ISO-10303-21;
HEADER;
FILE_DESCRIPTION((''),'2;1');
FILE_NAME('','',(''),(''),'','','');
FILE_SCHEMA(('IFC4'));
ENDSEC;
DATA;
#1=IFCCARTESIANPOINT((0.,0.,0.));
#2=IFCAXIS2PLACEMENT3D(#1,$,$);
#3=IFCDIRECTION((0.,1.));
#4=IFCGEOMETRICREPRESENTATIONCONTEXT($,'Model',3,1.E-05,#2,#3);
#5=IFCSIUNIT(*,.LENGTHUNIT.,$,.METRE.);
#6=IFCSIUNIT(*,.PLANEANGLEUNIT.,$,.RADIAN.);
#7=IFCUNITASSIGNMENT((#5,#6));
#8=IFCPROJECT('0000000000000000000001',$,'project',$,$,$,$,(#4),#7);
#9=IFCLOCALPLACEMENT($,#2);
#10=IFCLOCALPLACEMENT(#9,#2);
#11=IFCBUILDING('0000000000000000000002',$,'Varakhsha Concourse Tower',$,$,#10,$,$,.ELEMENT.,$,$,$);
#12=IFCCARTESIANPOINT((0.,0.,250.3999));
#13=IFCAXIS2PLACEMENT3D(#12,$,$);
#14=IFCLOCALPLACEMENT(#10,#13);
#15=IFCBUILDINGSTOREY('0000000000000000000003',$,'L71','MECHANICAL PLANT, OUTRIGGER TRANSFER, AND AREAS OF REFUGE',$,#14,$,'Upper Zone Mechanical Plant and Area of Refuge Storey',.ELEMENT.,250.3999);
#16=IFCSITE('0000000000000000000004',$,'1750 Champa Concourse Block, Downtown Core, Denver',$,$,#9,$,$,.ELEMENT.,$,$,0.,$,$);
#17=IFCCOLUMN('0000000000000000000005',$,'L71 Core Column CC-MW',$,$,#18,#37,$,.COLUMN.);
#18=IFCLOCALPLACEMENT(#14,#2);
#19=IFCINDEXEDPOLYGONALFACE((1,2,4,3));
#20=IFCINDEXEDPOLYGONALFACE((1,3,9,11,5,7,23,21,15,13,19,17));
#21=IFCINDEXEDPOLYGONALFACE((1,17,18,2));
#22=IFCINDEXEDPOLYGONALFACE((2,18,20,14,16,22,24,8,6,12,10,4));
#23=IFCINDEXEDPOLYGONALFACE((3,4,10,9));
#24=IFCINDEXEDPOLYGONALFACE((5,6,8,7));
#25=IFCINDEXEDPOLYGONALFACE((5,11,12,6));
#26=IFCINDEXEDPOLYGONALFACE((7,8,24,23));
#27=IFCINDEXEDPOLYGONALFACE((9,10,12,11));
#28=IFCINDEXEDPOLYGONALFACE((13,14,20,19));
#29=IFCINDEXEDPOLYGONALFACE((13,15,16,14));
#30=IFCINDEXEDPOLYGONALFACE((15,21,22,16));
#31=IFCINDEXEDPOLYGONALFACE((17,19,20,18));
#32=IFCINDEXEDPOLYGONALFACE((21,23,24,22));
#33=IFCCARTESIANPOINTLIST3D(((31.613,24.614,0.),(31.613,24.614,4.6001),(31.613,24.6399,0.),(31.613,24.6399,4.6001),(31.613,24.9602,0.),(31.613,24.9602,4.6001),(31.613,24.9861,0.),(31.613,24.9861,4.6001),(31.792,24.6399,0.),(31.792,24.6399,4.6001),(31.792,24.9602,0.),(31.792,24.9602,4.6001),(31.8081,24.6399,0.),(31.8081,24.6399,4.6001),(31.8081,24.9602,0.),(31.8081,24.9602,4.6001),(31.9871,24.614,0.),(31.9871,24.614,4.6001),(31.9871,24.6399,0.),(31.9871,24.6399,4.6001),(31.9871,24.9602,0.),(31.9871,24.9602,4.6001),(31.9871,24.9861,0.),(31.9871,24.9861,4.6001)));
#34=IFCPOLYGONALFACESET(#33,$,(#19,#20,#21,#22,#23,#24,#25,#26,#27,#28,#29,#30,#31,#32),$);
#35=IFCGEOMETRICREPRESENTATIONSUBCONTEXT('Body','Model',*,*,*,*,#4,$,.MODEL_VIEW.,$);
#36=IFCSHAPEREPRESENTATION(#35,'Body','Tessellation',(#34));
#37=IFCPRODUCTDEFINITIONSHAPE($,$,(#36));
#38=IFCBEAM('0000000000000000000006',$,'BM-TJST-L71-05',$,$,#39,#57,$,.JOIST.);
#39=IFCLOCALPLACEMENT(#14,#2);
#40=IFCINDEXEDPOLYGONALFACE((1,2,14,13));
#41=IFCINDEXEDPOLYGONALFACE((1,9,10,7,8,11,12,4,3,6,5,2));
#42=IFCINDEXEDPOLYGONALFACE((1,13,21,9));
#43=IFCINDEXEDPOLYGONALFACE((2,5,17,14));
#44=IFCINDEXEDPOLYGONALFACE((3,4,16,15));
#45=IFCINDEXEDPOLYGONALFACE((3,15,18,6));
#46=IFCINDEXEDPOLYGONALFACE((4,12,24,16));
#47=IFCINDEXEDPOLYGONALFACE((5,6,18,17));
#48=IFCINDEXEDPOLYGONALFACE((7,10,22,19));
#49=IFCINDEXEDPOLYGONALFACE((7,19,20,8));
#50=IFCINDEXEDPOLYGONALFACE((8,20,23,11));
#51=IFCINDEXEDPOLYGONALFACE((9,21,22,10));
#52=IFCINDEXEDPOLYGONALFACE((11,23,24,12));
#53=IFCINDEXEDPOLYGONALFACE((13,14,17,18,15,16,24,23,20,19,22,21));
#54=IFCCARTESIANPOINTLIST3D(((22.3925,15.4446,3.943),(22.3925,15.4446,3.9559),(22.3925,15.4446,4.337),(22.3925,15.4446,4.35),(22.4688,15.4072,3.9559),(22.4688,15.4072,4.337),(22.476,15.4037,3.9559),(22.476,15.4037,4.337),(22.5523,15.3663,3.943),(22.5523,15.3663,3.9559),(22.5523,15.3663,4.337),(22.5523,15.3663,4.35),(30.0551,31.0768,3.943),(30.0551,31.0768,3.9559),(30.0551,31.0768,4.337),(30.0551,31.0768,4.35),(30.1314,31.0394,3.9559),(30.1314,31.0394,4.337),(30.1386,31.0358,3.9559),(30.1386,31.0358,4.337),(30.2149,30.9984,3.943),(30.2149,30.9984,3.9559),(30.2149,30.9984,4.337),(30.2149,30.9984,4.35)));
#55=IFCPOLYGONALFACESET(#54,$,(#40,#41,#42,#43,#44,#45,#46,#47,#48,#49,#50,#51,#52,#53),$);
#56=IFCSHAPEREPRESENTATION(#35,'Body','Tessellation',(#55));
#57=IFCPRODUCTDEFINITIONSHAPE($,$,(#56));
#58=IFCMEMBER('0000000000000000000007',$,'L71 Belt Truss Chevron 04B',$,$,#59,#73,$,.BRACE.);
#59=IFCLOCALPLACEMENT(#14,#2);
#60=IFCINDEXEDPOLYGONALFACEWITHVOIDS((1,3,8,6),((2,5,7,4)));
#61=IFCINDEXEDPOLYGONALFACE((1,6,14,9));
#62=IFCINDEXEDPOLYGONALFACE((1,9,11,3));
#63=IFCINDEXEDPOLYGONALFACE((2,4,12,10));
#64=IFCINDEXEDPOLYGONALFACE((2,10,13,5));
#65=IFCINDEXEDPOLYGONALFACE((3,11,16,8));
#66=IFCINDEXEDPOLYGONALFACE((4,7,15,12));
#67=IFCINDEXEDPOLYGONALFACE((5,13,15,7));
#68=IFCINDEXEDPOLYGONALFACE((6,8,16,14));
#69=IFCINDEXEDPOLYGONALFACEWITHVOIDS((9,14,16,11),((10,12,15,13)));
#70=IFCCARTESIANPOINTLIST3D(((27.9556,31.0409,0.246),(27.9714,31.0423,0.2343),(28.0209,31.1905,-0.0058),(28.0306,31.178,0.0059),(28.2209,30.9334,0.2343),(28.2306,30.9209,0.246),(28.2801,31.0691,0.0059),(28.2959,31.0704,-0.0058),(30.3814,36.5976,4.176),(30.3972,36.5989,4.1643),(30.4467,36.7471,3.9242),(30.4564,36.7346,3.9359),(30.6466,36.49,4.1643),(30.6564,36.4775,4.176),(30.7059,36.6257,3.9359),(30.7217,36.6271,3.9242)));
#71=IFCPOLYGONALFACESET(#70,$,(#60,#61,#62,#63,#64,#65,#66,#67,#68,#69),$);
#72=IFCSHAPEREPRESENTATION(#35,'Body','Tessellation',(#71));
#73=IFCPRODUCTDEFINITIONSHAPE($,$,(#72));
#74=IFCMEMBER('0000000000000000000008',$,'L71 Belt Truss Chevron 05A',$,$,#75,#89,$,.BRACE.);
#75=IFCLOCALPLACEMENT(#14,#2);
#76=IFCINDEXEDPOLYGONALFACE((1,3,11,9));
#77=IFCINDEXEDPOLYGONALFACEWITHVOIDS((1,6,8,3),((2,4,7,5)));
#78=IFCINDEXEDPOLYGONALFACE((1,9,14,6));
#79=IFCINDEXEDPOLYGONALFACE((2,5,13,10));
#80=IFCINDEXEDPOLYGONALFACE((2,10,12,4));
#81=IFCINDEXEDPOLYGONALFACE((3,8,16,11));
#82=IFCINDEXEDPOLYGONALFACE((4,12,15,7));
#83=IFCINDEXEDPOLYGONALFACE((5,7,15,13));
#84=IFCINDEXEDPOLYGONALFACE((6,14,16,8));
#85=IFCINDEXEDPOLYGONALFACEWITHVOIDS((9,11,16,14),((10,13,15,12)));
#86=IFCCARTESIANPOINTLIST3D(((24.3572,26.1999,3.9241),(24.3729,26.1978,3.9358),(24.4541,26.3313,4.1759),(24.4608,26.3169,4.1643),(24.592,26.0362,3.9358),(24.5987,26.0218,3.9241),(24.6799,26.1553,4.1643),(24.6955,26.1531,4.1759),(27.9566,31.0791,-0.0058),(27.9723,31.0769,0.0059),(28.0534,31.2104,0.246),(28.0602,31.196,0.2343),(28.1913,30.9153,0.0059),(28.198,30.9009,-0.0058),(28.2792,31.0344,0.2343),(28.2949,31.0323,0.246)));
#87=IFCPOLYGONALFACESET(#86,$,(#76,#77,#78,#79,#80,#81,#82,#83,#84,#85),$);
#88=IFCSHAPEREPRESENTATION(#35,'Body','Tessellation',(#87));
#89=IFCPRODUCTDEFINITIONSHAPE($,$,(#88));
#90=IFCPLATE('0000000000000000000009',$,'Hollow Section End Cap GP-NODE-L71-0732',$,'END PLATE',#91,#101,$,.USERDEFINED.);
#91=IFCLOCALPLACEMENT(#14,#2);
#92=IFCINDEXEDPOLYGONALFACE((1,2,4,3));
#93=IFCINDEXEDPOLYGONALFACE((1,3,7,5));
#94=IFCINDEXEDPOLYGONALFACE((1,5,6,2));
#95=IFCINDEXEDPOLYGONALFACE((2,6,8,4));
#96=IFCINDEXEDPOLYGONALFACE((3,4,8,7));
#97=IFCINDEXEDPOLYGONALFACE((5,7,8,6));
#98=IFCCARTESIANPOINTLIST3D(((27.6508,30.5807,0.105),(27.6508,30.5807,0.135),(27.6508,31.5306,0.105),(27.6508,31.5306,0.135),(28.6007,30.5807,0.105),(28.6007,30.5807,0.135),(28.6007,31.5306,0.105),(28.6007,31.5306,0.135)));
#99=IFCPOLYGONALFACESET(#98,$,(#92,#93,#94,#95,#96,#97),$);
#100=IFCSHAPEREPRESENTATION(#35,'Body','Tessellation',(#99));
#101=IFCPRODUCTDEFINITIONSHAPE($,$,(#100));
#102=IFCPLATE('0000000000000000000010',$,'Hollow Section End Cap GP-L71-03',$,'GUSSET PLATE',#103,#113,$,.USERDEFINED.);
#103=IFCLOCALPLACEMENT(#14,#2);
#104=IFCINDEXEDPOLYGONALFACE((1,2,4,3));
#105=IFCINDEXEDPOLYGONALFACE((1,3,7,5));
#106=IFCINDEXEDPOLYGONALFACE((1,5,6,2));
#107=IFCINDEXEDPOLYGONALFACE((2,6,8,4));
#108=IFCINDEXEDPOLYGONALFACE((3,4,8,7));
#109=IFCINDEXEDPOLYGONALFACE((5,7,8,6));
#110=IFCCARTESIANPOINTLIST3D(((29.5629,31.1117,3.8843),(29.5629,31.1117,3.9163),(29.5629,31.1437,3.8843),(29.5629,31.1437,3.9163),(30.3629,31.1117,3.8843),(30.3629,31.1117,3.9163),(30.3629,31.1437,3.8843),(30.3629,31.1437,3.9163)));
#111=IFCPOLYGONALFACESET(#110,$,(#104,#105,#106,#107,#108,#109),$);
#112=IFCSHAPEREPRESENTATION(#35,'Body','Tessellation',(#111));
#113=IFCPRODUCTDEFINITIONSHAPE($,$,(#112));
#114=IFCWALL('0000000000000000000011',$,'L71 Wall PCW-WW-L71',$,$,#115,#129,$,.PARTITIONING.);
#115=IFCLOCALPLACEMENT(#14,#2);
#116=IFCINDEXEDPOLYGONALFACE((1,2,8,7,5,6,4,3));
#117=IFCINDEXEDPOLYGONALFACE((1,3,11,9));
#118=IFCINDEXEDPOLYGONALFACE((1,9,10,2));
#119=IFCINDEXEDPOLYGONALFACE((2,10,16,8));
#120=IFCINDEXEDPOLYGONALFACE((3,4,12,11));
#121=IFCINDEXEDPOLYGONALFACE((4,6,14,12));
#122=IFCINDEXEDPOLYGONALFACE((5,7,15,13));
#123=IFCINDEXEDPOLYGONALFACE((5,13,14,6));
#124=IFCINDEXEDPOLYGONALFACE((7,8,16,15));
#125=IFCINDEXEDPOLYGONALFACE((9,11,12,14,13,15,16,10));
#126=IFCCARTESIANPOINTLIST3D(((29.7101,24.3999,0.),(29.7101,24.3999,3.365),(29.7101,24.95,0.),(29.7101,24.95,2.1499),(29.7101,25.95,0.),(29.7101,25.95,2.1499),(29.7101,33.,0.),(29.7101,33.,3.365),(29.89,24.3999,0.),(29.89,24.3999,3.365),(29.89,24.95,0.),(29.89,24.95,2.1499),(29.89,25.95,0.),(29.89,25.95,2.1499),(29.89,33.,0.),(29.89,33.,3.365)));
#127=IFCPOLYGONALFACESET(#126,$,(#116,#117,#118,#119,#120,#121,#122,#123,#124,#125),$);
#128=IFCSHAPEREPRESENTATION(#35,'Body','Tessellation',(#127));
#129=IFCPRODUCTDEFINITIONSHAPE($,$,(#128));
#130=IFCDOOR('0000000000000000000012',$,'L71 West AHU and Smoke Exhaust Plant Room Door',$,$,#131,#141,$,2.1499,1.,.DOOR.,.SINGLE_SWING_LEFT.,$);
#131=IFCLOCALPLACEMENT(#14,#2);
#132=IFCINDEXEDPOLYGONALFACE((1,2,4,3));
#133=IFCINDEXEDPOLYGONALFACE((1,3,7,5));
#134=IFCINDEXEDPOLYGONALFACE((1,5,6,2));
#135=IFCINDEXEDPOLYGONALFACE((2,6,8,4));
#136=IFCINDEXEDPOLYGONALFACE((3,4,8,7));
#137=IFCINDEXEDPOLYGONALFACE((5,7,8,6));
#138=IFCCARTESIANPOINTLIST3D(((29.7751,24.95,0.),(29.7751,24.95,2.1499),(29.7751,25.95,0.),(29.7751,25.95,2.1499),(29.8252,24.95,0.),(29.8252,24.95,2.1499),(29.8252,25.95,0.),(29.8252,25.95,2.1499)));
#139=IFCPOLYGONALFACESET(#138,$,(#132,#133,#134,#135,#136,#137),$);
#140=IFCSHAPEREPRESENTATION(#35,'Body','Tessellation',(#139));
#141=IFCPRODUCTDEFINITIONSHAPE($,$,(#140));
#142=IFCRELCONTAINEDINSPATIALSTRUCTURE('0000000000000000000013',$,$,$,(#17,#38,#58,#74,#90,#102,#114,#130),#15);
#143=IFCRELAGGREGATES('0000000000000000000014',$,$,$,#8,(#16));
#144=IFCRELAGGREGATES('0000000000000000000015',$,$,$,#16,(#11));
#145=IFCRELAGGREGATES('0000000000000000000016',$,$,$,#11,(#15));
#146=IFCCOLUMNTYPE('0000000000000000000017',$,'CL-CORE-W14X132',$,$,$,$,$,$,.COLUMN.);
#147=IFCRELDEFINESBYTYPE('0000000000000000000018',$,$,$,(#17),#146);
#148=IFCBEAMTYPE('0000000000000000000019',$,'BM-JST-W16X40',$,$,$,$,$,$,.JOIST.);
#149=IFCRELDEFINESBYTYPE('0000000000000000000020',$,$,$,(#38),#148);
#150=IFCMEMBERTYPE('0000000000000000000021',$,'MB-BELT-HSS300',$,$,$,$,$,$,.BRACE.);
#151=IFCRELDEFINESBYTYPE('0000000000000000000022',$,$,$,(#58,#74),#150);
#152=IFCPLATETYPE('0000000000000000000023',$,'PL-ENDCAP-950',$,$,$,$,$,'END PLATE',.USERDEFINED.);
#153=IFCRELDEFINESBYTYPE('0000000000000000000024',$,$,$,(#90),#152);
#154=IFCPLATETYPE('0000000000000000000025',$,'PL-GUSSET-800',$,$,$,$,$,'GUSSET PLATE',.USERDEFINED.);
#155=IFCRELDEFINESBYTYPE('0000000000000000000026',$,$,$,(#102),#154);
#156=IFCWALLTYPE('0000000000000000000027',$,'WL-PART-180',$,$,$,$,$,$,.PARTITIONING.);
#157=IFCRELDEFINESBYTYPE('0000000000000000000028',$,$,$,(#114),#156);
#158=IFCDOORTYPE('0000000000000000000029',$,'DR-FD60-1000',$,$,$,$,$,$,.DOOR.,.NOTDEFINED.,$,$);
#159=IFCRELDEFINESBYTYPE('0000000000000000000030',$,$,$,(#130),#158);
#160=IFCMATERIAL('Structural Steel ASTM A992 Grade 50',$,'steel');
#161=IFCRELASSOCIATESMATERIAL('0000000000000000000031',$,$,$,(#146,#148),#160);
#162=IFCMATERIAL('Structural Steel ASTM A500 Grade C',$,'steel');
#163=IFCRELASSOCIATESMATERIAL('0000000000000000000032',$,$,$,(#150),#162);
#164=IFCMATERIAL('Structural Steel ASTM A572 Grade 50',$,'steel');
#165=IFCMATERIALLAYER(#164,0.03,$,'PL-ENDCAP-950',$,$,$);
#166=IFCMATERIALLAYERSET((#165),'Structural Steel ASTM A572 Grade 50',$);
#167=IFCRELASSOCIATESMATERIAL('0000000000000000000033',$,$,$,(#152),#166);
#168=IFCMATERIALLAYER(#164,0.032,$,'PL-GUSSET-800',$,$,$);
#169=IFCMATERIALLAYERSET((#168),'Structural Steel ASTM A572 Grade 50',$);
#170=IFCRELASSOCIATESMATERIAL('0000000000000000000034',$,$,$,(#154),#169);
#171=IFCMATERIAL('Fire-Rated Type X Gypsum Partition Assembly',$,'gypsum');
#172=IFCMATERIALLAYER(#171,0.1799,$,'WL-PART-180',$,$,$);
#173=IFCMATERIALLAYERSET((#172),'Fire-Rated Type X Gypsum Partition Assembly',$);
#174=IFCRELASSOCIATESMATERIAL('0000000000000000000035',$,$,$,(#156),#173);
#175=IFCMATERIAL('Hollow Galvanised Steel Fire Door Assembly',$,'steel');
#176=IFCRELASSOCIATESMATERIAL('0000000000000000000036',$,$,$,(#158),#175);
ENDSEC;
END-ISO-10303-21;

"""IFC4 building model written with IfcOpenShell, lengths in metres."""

from ifc_helpers import new_model, si_unit, direction, frame, frame_2d, origin, origin_2d, place, context, subcontext, project, spatial, rectangle, hollow_rectangle, i_section, extrude, source, transform, mapped, material, layer, layer_set, material_profile, profile_set, type_object, type_shapes, element, fill, save


model = new_model("IFC4")

# Units and contexts
model_context = context("Model", 3, precision=1e-05, world=origin(), true_north=direction((0.0, 1.0)))
body_context = subcontext(model_context, "Body", "Model", "MODEL_VIEW")
ifc_project = project(units=[si_unit("LENGTHUNIT", "METRE"), si_unit("PLANEANGLEUNIT", "RADIAN")], contexts=[model_context])

# Site, building, storey
site_placement = place(None, origin())
site = spatial("IfcSite", under=ifc_project, at=site_placement, Name="1750 Champa Concourse Block, Downtown Core, Denver", CompositionType="ELEMENT", RefElevation=0.0)
building_placement = place(site_placement, origin())
building = spatial("IfcBuilding", under=site, at=building_placement, Name="Varakhsha Concourse Tower", CompositionType="ELEMENT")
storey_placement = place(building_placement, frame((0.0, 0.0, 250.3999)))
storey = spatial("IfcBuildingStorey", under=building, at=storey_placement, Name="L71", Description="MECHANICAL PLANT, OUTRIGGER TRANSFER, AND AREAS OF REFUGE", LongName="Upper Zone Mechanical Plant and Area of Refuge Storey", CompositionType="ELEMENT", Elevation=250.3999)

# Column
ifc_material_1 = material(Name="Structural Steel ASTM A992 Grade 50", Category="steel")
ifc_material_profile_1 = material_profile(ifc_material_1, i_section(OverallWidth=0.374, OverallDepth=0.3721, WebThickness=0.0161, FlangeThickness=0.0259, at=origin_2d()), Name="W14X132")
ifc_profile_set_1 = profile_set([ifc_material_profile_1], Name="Structural Steel ASTM A992 Grade 50")
column_type = type_object("IfcColumnType", Name="CL-CORE-W14X132", PredefinedType="COLUMN", material=ifc_profile_set_1)
column_placement = place(storey_placement, frame((31.8, 24.8, 0.0), z_axis=(0.0, 0.0, 1.0), x_axis=(1.0, 0.0, 0.0)))
element("IfcColumn", 1, at=column_placement, inside=storey, type_object=column_type, Name="L71 Core Column CC-MW", PredefinedType="COLUMN", context=body_context, shape_type="SweptSolid", body=[
    extrude(i_section(OverallWidth=0.374, OverallDepth=0.3721, WebThickness=0.0161, FlangeThickness=0.0259, at=origin_2d()), origin(), (0.0, 0.0, 1.0), 4.6001),
])

# Beam
ifc_material_profile_2 = material_profile(ifc_material_1, i_section(OverallWidth=0.178, OverallDepth=0.407, WebThickness=0.0081, FlangeThickness=0.0129, at=origin_2d()), Name="W16X40")
ifc_profile_set_2 = profile_set([ifc_material_profile_2], Name="Structural Steel ASTM A992 Grade 50")
beam_type = type_object("IfcBeamType", Name="BM-JST-W16X40", PredefinedType="JOIST", material=ifc_profile_set_2)
beam_placement = place(storey_placement, frame((30.135, 31.0376, 4.1465), z_axis=(-0.440149, -0.897925, 0.0), x_axis=(0.897925, -0.440149, 0.0)))
element("IfcBeam", 2, at=beam_placement, inside=storey, type_object=beam_type, Name="BM-TJST-L71-05", PredefinedType="JOIST", context=body_context, shape_type="SweptSolid", body=[
    extrude(i_section(OverallWidth=0.178, OverallDepth=0.407, WebThickness=0.0081, FlangeThickness=0.0129, at=origin_2d()), origin(), (0.0, 0.0, 1.0), 17.4092),
])

# Members
ifc_material_2 = material(Name="Structural Steel ASTM A500 Grade C", Category="steel")
ifc_material_profile_3 = material_profile(ifc_material_2, hollow_rectangle(XDim=0.3, YDim=0.3, WallThickness=0.0139, at=origin_2d()), Name="HSS 300x300x14")
ifc_profile_set_3 = profile_set([ifc_material_profile_3], Name="Structural Steel ASTM A500 Grade C")
member_type = type_object("IfcMemberType", Name="MB-BELT-HSS300", PredefinedType="BRACE", material=ifc_profile_set_3)
shared_shape_1 = source(origin(), body_context, "Body", "SweptSolid", [
    extrude(hollow_rectangle(XDim=0.3, YDim=0.3, WallThickness=0.0139, at=origin_2d()), origin(), (0.0, 0.0, 1.0), 7.2253),
])
type_shapes(member_type, [shared_shape_1])
for number, where, z_axis, x_axis, name in (
    (3, (28.1257, 31.0557, 0.1201), (0.335734, 0.769053, 0.543912), (-0.916475, 0.400092, 0.0), "L71 Belt Truss Chevron 04B"),
    (4, (28.1257, 31.0557, 0.1201), (-0.498157, -0.675281, 0.543908), (0.804725, -0.593648, 0.0), "L71 Belt Truss Chevron 05A"),
):
    element("IfcMember", number, at=place(storey_placement, frame(where, z_axis=z_axis, x_axis=x_axis)), inside=storey, type_object=member_type, Name=name, PredefinedType="BRACE", context=body_context, shape_type="MappedRepresentation", body=[
        mapped(shared_shape_1, transform((0.0, 0.0, 0.0), scale=1.0)),
    ])

# Plates
ifc_material_3 = material(Name="Structural Steel ASTM A572 Grade 50", Category="steel")
ifc_layer_1 = layer(ifc_material_3, 0.03, Name="PL-ENDCAP-950")
ifc_layer_set_1 = layer_set([ifc_layer_1], Name="Structural Steel ASTM A572 Grade 50")
plate_type_1 = type_object("IfcPlateType", Name="PL-ENDCAP-950", ElementType="END PLATE", PredefinedType="USERDEFINED", material=ifc_layer_set_1)
shared_shape_2 = source(origin(), body_context, "Body", "SweptSolid", [
    extrude(rectangle(XDim=0.95, YDim=0.95, at=origin_2d()), origin(), (0.0, 0.0, 1.0), 0.03),
])
type_shapes(plate_type_1, [shared_shape_2])
plate_1_placement = place(storey_placement, frame((28.1257, 31.0557, 0.105), z_axis=(0.0, 0.0, 1.0), x_axis=(1.0, 0.0, 0.0)))
element("IfcPlate", 5, at=plate_1_placement, inside=storey, type_object=plate_type_1, Name="Hollow Section End Cap GP-NODE-L71-0732", ObjectType="END PLATE", PredefinedType="USERDEFINED", context=body_context, shape_type="MappedRepresentation", body=[
    mapped(shared_shape_2, transform((0.0, 0.0, 0.0), scale=1.0)),
])
ifc_layer_2 = layer(ifc_material_3, 0.032, Name="PL-GUSSET-800")
ifc_layer_set_2 = layer_set([ifc_layer_2], Name="Structural Steel ASTM A572 Grade 50")
plate_type_2 = type_object("IfcPlateType", Name="PL-GUSSET-800", ElementType="GUSSET PLATE", PredefinedType="USERDEFINED", material=ifc_layer_set_2)
shared_shape_3 = source(origin(), body_context, "Body", "SweptSolid", [
    extrude(rectangle(XDim=0.8, YDim=0.032, at=origin_2d()), origin(), (0.0, 0.0, 1.0), 0.032),
])
type_shapes(plate_type_2, [shared_shape_3])
plate_2_placement = place(storey_placement, frame((29.9629, 31.1277, 3.8843), z_axis=(0.0, 0.0, 1.0), x_axis=(1.0, 0.0, 0.0)))
element("IfcPlate", 6, at=plate_2_placement, inside=storey, type_object=plate_type_2, Name="Hollow Section End Cap GP-L71-03", ObjectType="GUSSET PLATE", PredefinedType="USERDEFINED", context=body_context, shape_type="MappedRepresentation", body=[
    mapped(shared_shape_3, transform((0.0, 0.0, 0.0), scale=1.0)),
])

# Wall, opening, door
ifc_material_4 = material(Name="Fire-Rated Type X Gypsum Partition Assembly", Category="gypsum")
ifc_layer_3 = layer(ifc_material_4, 0.1799, Name="WL-PART-180")
ifc_layer_set_3 = layer_set([ifc_layer_3], Name="Fire-Rated Type X Gypsum Partition Assembly")
wall_type_1 = type_object("IfcWallType", Name="WL-PART-180", PredefinedType="PARTITIONING", material=ifc_layer_set_3)
wall_1_placement = place(storey_placement, frame((29.8, 24.3999, 0.0), z_axis=(0.0, 0.0, 1.0), x_axis=(0.0, 1.0, 0.0)))
wall_1 = element("IfcWall", 7, at=wall_1_placement, inside=storey, type_object=wall_type_1, Name="L71 Wall PCW-WW-L71", PredefinedType="PARTITIONING", context=body_context, shape_type="SweptSolid", body=[
    extrude(rectangle(XDim=8.6001, YDim=0.1799, at=frame_2d((4.3, 0.0))), origin(), (0.0, 0.0, 1.0), 3.365),
])
opening_1_placement = place(wall_1_placement, frame((0.55, 0.0, 0.0)))
opening_1 = element("IfcOpeningElement", 8, at=opening_1_placement, cuts=wall_1, PredefinedType="OPENING", context=body_context, shape_type="SweptSolid", body=[
    extrude(rectangle(XDim=1.0, YDim=2.1499, at=frame_2d((0.5, 1.075))), frame((0.0, 0.0999, 0.0), z_axis=(0.0, -1.0, 0.0), x_axis=(1.0, 0.0, 0.0)), (0.0, 0.0, 1.0), 0.2),
])
ifc_material_5 = material(Name="Hollow Galvanised Steel Fire Door Assembly", Category="steel")
door_type_1 = type_object("IfcDoorType", Name="DR-FD60-1000", OperationType="NOTDEFINED", PredefinedType="DOOR", material=ifc_material_5)
door_1_placement = place(opening_1_placement, origin())
door_1 = element("IfcDoor", 9, at=door_1_placement, inside=storey, type_object=door_type_1, Name="L71 West AHU and Smoke Exhaust Plant Room Door", OperationType="SINGLE_SWING_LEFT", OverallHeight=2.1499, OverallWidth=1.0, PredefinedType="DOOR", context=body_context, shape_type="SweptSolid", body=[
    extrude(rectangle(XDim=1.0, YDim=2.1499, at=frame_2d((0.5, 1.075))), frame((0.0, 0.0249, 0.0), z_axis=(0.0, -1.0, 0.0), x_axis=(1.0, 0.0, 0.0)), (0.0, 0.0, 1.0), 0.05),
])
fill(opening_1, door_1)

save(model, "model.ifc")
